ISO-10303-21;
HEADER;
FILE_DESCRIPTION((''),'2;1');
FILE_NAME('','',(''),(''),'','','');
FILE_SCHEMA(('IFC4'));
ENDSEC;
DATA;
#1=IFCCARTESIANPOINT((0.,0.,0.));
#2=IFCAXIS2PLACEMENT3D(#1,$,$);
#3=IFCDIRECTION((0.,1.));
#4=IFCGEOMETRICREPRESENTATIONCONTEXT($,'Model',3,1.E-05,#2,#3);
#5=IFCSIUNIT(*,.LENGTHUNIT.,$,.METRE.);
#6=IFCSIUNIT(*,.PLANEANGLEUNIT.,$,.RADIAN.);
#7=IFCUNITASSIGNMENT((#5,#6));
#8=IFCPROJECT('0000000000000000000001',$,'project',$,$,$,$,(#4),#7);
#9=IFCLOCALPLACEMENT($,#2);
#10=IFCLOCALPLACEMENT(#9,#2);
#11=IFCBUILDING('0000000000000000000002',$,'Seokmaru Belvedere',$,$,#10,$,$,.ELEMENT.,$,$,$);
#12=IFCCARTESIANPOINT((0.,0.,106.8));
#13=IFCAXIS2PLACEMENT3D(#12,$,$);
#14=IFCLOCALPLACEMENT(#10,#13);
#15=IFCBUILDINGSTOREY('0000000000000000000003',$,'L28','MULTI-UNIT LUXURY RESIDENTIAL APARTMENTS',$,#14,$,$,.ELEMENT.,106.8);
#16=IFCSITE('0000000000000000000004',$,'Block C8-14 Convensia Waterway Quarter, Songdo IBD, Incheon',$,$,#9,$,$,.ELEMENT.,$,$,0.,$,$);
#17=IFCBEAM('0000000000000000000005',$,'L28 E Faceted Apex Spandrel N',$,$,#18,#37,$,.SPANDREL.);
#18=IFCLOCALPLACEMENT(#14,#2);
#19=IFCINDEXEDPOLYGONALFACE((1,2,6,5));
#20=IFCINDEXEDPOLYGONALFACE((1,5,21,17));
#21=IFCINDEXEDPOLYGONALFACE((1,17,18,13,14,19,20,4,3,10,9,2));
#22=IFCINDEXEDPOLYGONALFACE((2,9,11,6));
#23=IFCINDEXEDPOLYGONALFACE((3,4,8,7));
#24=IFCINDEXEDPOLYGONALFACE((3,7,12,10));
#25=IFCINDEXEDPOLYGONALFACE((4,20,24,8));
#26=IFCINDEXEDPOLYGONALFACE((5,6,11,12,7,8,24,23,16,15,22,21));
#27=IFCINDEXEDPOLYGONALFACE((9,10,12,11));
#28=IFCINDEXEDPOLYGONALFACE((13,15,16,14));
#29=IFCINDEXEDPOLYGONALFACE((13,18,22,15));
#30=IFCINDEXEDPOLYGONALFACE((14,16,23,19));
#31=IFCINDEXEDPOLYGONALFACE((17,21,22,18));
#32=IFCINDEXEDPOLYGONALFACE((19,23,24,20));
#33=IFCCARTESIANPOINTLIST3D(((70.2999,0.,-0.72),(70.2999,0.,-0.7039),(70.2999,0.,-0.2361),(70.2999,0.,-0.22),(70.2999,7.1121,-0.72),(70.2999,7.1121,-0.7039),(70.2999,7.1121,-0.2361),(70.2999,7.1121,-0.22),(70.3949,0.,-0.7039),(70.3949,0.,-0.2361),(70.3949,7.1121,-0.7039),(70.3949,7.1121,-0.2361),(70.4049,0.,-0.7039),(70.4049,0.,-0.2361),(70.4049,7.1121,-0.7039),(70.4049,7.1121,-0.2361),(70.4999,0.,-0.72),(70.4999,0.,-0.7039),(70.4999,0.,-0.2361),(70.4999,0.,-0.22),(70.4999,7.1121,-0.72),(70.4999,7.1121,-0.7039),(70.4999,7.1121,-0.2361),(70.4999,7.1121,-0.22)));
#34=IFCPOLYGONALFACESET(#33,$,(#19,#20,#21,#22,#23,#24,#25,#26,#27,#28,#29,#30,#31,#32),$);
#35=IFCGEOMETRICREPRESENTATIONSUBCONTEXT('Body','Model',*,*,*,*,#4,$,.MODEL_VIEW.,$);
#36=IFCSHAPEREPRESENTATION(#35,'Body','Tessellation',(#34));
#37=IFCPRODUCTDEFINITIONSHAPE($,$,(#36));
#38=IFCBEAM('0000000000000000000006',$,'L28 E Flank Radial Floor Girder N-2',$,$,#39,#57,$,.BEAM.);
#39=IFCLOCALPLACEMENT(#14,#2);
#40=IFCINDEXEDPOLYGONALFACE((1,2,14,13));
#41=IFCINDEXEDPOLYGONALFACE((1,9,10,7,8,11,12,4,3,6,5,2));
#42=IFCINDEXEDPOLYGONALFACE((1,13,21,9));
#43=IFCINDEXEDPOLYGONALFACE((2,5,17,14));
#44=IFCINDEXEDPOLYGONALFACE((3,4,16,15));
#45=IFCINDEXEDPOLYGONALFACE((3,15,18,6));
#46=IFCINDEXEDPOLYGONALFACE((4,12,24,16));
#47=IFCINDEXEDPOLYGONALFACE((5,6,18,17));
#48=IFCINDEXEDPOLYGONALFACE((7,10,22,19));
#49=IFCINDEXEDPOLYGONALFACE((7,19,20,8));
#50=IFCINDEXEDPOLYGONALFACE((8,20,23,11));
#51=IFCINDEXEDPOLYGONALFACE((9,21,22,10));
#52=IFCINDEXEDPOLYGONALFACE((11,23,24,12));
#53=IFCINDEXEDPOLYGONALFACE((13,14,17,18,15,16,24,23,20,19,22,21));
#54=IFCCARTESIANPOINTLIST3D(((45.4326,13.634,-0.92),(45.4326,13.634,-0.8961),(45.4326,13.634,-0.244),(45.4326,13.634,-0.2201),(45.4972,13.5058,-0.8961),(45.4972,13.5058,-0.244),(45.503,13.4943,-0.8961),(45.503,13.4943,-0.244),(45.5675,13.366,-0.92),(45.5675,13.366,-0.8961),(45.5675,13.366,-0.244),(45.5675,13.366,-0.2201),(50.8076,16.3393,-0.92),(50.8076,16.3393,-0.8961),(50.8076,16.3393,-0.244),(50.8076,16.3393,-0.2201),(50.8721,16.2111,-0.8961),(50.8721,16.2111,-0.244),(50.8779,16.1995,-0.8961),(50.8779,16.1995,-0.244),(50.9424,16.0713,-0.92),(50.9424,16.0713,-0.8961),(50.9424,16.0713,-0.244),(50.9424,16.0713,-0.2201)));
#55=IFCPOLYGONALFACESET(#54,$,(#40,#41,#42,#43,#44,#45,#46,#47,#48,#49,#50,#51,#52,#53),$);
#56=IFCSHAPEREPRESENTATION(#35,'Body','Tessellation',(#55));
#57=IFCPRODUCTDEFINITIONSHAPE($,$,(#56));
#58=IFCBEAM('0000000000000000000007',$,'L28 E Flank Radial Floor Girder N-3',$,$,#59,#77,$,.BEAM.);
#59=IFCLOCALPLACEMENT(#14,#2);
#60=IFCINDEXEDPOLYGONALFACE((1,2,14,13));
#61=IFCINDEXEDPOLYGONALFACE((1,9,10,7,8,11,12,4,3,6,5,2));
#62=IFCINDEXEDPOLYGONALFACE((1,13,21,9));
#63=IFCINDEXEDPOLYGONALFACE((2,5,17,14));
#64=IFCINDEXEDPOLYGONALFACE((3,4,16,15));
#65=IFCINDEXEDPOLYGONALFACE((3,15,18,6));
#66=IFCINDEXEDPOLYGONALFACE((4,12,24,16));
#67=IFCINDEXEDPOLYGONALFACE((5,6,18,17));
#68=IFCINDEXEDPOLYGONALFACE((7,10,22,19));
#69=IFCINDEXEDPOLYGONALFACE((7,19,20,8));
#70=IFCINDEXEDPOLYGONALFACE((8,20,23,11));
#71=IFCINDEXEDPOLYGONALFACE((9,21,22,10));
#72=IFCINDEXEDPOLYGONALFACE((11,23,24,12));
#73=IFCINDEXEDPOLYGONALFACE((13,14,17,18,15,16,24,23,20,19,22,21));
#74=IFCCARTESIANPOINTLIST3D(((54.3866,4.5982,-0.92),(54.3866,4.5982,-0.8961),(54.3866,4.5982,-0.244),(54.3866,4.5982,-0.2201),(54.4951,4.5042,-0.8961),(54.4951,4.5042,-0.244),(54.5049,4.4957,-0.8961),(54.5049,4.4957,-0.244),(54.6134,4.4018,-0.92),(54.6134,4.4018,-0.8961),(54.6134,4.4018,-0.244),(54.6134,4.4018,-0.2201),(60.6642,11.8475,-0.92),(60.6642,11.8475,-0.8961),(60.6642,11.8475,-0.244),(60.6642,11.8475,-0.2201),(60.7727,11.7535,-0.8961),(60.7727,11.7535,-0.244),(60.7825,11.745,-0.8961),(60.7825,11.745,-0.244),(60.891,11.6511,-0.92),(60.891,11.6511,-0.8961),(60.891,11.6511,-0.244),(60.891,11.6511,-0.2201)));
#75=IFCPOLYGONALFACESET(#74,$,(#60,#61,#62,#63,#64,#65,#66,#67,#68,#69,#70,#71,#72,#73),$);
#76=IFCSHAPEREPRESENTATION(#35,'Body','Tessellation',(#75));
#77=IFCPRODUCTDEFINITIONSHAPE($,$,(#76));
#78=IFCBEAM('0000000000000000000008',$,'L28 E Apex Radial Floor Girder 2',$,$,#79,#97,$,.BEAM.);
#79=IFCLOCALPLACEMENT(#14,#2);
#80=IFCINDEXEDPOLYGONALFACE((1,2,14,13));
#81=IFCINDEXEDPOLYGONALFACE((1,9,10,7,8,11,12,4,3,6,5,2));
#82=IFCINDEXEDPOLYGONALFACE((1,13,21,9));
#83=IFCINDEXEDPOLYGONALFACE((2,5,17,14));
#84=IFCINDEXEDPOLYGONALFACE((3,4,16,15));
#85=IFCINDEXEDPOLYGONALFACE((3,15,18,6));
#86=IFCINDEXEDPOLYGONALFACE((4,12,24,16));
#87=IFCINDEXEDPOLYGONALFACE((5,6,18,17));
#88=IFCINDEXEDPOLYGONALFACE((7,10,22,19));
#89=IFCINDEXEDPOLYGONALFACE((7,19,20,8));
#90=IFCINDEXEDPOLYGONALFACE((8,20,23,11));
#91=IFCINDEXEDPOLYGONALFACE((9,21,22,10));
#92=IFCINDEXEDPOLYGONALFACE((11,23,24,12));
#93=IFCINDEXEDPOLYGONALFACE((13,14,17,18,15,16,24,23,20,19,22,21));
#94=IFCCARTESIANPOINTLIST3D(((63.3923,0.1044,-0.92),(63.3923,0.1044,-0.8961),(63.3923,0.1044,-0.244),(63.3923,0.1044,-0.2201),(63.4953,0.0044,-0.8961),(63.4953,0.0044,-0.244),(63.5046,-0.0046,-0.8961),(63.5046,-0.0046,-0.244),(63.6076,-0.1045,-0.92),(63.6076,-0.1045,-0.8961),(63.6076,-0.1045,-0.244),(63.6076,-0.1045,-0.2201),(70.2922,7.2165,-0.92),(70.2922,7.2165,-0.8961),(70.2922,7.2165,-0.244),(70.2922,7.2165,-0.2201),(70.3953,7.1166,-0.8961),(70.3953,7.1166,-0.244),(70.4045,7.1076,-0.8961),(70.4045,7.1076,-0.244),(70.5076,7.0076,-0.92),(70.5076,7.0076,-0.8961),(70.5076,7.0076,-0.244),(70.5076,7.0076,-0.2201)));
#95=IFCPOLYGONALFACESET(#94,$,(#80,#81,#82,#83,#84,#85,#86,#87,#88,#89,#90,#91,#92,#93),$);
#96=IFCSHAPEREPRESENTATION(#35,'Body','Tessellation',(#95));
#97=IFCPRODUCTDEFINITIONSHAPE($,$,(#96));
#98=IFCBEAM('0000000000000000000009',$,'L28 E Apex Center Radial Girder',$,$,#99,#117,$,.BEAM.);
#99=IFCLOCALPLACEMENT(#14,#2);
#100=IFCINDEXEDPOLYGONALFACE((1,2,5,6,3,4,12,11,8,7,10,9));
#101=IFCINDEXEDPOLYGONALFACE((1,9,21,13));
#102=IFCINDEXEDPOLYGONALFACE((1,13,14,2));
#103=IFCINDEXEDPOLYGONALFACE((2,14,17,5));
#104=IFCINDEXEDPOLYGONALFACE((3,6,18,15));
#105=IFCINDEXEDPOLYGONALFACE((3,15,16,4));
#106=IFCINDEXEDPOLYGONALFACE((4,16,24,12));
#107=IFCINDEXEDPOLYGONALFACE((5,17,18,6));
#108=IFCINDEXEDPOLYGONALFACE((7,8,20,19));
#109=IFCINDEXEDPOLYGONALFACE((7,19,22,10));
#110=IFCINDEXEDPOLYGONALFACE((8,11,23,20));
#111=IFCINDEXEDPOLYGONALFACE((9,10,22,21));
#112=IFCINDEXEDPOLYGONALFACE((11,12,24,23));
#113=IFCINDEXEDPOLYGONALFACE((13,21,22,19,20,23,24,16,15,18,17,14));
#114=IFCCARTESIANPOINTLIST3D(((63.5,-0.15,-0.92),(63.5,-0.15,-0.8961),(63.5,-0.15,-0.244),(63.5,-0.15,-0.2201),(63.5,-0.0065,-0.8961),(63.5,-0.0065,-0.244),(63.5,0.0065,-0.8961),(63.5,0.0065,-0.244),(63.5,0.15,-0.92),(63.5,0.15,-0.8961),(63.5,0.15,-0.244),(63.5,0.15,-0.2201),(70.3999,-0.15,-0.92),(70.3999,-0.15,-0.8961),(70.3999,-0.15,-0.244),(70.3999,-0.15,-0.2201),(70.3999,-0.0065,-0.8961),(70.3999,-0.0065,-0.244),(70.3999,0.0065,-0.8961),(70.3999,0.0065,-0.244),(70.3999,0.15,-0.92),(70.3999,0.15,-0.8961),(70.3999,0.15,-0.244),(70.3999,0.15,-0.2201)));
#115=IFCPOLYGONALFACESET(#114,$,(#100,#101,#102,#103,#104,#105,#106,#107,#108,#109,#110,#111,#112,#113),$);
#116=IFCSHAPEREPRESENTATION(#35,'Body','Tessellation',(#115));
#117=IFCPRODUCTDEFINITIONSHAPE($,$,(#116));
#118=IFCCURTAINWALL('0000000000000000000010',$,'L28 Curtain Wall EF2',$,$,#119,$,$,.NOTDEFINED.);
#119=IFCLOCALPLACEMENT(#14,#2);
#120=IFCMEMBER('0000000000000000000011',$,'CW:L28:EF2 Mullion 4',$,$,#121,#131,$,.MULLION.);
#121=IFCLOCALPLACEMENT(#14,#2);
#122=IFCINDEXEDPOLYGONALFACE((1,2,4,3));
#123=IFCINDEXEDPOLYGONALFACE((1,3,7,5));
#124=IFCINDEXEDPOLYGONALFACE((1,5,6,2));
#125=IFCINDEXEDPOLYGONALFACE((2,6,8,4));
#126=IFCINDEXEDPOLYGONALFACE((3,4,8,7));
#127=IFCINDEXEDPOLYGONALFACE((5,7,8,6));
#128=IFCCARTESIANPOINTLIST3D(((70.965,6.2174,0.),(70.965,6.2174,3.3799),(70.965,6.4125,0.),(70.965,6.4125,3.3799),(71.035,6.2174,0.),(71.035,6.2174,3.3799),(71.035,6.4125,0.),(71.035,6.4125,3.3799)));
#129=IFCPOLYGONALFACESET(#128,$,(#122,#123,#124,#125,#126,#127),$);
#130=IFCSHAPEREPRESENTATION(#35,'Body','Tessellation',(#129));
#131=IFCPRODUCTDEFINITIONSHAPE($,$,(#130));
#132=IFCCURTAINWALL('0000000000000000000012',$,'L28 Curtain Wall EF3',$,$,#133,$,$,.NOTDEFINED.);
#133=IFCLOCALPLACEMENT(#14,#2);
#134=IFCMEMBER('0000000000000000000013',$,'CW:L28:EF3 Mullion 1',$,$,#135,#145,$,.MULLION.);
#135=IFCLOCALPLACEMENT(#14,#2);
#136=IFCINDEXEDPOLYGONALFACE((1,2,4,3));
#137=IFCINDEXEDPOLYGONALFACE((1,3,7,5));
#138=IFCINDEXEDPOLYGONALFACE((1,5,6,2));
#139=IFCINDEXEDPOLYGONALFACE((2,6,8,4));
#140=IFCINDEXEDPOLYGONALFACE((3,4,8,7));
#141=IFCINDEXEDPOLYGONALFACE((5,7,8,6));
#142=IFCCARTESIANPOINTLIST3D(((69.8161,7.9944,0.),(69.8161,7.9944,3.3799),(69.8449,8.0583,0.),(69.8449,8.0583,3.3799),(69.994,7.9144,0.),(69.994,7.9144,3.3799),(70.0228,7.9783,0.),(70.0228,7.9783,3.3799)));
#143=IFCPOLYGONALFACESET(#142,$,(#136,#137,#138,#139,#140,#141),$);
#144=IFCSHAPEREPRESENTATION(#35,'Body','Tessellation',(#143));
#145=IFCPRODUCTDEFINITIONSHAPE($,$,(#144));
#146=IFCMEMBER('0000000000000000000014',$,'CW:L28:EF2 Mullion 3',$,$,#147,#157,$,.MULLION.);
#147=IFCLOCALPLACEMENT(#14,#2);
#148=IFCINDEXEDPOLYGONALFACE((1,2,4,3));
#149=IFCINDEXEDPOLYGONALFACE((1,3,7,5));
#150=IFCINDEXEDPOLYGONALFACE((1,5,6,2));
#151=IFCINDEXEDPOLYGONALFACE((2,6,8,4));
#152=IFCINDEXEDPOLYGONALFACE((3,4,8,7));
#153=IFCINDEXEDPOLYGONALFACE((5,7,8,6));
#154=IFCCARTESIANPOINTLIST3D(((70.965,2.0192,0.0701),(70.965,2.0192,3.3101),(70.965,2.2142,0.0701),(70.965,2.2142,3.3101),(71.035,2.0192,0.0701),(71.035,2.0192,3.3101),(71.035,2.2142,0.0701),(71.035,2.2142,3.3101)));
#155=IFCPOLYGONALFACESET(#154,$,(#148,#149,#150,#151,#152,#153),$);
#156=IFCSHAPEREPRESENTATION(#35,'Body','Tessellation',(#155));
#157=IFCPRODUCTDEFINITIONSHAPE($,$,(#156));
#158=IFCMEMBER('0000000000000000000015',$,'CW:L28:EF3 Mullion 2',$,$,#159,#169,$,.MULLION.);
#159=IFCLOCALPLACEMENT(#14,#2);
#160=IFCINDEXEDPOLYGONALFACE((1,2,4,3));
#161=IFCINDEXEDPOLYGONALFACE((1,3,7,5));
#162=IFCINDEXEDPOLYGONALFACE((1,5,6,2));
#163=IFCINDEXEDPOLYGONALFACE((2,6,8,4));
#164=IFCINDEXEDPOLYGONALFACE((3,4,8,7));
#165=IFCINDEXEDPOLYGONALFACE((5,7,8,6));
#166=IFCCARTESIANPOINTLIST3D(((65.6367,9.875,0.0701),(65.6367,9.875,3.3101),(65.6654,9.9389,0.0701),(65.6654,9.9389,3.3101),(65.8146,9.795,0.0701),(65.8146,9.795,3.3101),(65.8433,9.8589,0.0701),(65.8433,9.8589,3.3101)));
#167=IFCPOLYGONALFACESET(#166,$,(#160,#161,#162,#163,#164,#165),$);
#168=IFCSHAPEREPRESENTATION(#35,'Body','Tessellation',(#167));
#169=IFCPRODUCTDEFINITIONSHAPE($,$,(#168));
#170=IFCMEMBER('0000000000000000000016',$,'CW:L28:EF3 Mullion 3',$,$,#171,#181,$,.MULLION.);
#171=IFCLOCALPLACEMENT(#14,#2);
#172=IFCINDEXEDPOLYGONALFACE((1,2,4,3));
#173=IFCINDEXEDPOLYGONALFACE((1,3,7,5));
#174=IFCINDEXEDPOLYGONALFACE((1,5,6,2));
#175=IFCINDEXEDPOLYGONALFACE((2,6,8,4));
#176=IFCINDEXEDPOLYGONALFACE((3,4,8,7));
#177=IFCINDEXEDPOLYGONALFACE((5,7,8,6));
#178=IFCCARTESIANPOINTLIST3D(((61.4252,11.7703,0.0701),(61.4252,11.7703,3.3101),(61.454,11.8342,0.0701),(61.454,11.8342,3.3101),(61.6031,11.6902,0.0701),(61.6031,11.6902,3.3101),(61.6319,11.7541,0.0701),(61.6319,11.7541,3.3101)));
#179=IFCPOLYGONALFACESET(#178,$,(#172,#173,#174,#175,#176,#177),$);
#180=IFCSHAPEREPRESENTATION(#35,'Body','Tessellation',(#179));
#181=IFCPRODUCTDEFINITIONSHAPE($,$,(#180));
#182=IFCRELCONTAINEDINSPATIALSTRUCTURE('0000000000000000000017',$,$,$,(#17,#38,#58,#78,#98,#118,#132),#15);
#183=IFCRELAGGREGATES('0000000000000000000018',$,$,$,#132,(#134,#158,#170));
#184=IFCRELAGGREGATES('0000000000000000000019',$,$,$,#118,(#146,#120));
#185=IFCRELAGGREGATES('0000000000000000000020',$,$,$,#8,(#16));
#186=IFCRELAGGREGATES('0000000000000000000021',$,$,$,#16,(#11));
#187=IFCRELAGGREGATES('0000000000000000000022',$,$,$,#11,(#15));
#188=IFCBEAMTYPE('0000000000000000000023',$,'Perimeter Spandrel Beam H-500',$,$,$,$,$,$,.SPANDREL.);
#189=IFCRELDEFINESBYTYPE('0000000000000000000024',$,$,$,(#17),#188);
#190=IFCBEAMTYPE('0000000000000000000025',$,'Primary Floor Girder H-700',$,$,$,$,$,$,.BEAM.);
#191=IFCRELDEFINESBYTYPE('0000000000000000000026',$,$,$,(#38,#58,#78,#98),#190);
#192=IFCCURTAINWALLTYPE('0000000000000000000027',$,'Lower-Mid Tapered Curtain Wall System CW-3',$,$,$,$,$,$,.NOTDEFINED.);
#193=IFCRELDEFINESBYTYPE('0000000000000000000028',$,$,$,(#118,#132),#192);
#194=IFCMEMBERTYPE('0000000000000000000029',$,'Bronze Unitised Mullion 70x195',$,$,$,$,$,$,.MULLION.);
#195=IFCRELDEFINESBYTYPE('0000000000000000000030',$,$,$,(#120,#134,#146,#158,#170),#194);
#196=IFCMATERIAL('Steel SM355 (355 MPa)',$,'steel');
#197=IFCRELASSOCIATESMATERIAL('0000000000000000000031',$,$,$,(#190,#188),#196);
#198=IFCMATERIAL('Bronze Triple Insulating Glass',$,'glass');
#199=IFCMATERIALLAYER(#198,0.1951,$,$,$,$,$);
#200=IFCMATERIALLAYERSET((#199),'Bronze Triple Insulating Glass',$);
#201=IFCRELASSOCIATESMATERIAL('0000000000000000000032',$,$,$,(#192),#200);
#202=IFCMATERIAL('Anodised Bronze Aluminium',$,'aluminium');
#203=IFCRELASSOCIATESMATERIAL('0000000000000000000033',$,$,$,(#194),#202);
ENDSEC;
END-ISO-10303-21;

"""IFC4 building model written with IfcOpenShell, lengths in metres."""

from ifc_helpers import new_model, si_unit, direction, frame, origin, origin_2d, place, context, subcontext, project, spatial, rectangle, i_section, extrude, source, transform, mapped, material, layer, layer_set, material_profile, profile_set, type_object, type_shapes, element, aggregate, save


model = new_model("IFC4")

# Units and contexts
model_context = context("Model", 3, precision=1e-05, world=origin(), true_north=direction((0.0, 1.0)))
body_context = subcontext(model_context, "Body", "Model", "MODEL_VIEW")
ifc_project = project(units=[si_unit("LENGTHUNIT", "METRE"), si_unit("PLANEANGLEUNIT", "RADIAN")], contexts=[model_context])

# Site, building, storey
site_placement = place(None, origin())
site = spatial("IfcSite", under=ifc_project, at=site_placement, Name="Block C8-14 Convensia Waterway Quarter, Songdo IBD, Incheon", CompositionType="ELEMENT", RefElevation=0.0)
building_placement = place(site_placement, origin())
building = spatial("IfcBuilding", under=site, at=building_placement, Name="Seokmaru Belvedere", CompositionType="ELEMENT")
storey_placement = place(building_placement, frame((0.0, 0.0, 106.8)))
storey = spatial("IfcBuildingStorey", under=building, at=storey_placement, Name="L28", Description="MULTI-UNIT LUXURY RESIDENTIAL APARTMENTS", CompositionType="ELEMENT", Elevation=106.8)

# Shared definitions
ifc_material_1 = material(Name="Steel SM355 (355 MPa)", Category="steel")

# Beams
ifc_material_profile_1 = material_profile(ifc_material_1, i_section(OverallWidth=0.3, OverallDepth=0.7, WebThickness=0.0129, FlangeThickness=0.0239, at=origin_2d()), Name="H-700x300x13x24")
ifc_profile_set_1 = profile_set([ifc_material_profile_1], Name="Steel SM355 (355 MPa)")
beam_type_1 = type_object("IfcBeamType", Name="Primary Floor Girder H-700", PredefinedType="BEAM", material=ifc_profile_set_1)
ifc_material_profile_2 = material_profile(ifc_material_1, i_section(OverallWidth=0.2, OverallDepth=0.5, WebThickness=0.01, FlangeThickness=0.0161, at=origin_2d()), Name="H-500x200x10x16")
ifc_profile_set_2 = profile_set([ifc_material_profile_2], Name="Steel SM355 (355 MPa)")
beam_type_2 = type_object("IfcBeamType", Name="Perimeter Spandrel Beam H-500", PredefinedType="SPANDREL", material=ifc_profile_set_2)
shared_shape_1 = source(origin(), body_context, "Body", "SweptSolid", [
    extrude(i_section(OverallWidth=0.2, OverallDepth=0.5, WebThickness=0.01, FlangeThickness=0.0161, at=origin_2d()), origin(), (0.0, 0.0, 1.0), 7.1121),
])
beam_1_placement = place(storey_placement, frame((70.3999, 0.0, -0.47), z_axis=(0.0, 1.0, 0.0), x_axis=(-1.0, 0.0, 0.0)))
element("IfcBeam", 1, at=beam_1_placement, inside=storey, type_object=beam_type_2, Name="L28 E Faceted Apex Spandrel N", PredefinedType="SPANDREL", context=body_context, shape_type="MappedRepresentation", body=[
    mapped(shared_shape_1, transform((0.0, 0.0, 0.0), scale=1.0)),
])
shared_shape_2 = source(origin(), body_context, "Body", "SweptSolid", [
    extrude(i_section(OverallWidth=0.3, OverallDepth=0.7, WebThickness=0.0129, FlangeThickness=0.0239, at=origin_2d()), origin(), (0.0, 0.0, 1.0), 6.0173),
])
beam_2_placement = place(storey_placement, frame((50.875, 16.2053, -0.5701), z_axis=(-0.893239, -0.449581, 0.0), x_axis=(0.449581, -0.893239, 0.0)))
element("IfcBeam", 2, at=beam_2_placement, inside=storey, type_object=beam_type_1, Name="L28 E Flank Radial Floor Girder N-2", PredefinedType="BEAM", context=body_context, shape_type="MappedRepresentation", body=[
    mapped(shared_shape_2, transform((0.0, 0.0, 0.0), scale=1.0)),
])
shared_shape_3 = source(origin(), body_context, "Body", "SweptSolid", [
    extrude(i_section(OverallWidth=0.3, OverallDepth=0.7, WebThickness=0.0129, FlangeThickness=0.0239, at=origin_2d()), origin(), (0.0, 0.0, 1.0), 9.5896),
])
beam_3_placement = place(storey_placement, frame((60.7776, 11.7493, -0.5701), z_axis=(-0.654626, -0.755953, 0.0), x_axis=(0.755953, -0.654626, 0.0)))
element("IfcBeam", 3, at=beam_3_placement, inside=storey, type_object=beam_type_1, Name="L28 E Flank Radial Floor Girder N-3", PredefinedType="BEAM", context=body_context, shape_type="MappedRepresentation", body=[
    mapped(shared_shape_3, transform((0.0, 0.0, 0.0), scale=1.0)),
])
shared_shape_4 = source(origin(), body_context, "Body", "SweptSolid", [
    extrude(i_section(OverallWidth=0.3, OverallDepth=0.7, WebThickness=0.0129, FlangeThickness=0.0239, at=origin_2d()), origin(), (0.0, 0.0, 1.0), 9.9092),
])
beam_4_placement = place(storey_placement, frame((70.3999, 7.1121, -0.5701), z_axis=(-0.696321, -0.717731, 0.0), x_axis=(0.717731, -0.696321, 0.0)))
element("IfcBeam", 4, at=beam_4_placement, inside=storey, type_object=beam_type_1, Name="L28 E Apex Radial Floor Girder 2", PredefinedType="BEAM", context=body_context, shape_type="MappedRepresentation", body=[
    mapped(shared_shape_4, transform((0.0, 0.0, 0.0), scale=1.0)),
])
shared_shape_5 = source(origin(), body_context, "Body", "SweptSolid", [
    extrude(i_section(OverallWidth=0.3, OverallDepth=0.7, WebThickness=0.0129, FlangeThickness=0.0239, at=origin_2d()), origin(), (0.0, 0.0, 1.0), 6.8999),
])
beam_5_placement = place(storey_placement, frame((70.3999, 0.0, -0.5701), z_axis=(-1.0, 0.0, 0.0), x_axis=(0.0, -1.0, 0.0)))
element("IfcBeam", 5, at=beam_5_placement, inside=storey, type_object=beam_type_1, Name="L28 E Apex Center Radial Girder", PredefinedType="BEAM", context=body_context, shape_type="MappedRepresentation", body=[
    mapped(shared_shape_5, transform((0.0, 0.0, 0.0), scale=1.0)),
])

# Curtain walls, members
ifc_material_2 = material(Name="Bronze Triple Insulating Glass", Category="glass")
ifc_layer_1 = layer(ifc_material_2, 0.1951)
ifc_layer_set_1 = layer_set([ifc_layer_1], Name="Bronze Triple Insulating Glass")
curtain_wall_type = type_object("IfcCurtainWallType", Name="Lower-Mid Tapered Curtain Wall System CW-3", PredefinedType="NOTDEFINED", material=ifc_layer_set_1)
curtain_wall_1_placement = place(storey_placement, origin())
curtain_wall_1 = element("IfcCurtainWall", 6, at=curtain_wall_1_placement, inside=storey, type_object=curtain_wall_type, Name="L28 Curtain Wall EF2", PredefinedType="NOTDEFINED")
ifc_material_3 = material(Name="Anodised Bronze Aluminium", Category="aluminium")
ifc_material_profile_3 = material_profile(ifc_material_3, rectangle(XDim=0.0701, YDim=0.1951, at=origin_2d()), Name="CW-M-70x195")
ifc_profile_set_3 = profile_set([ifc_material_profile_3], Name="Anodised Bronze Aluminium")
member_type_1 = type_object("IfcMemberType", Name="Bronze Unitised Mullion 70x195", PredefinedType="MULLION", material=ifc_profile_set_3)
shared_shape_6 = source(origin(), body_context, "Body", "SweptSolid", [
    extrude(rectangle(XDim=0.0701, YDim=0.1951, at=origin_2d()), origin(), (0.0, 0.0, 1.0), 3.3799),
])
member_1_placement = place(storey_placement, frame((71.0, 6.3149, 0.0), z_axis=(0.0, 0.0, 1.0), x_axis=(-1.0, 0.0, 0.0)))
member_1 = element("IfcMember", 7, at=member_1_placement, type_object=member_type_1, Name="CW:L28:EF2 Mullion 4", PredefinedType="MULLION", context=body_context, shape_type="MappedRepresentation", body=[
    mapped(shared_shape_6, transform((0.0, 0.0, 0.0), scale=1.0)),
])
curtain_wall_2_placement = place(storey_placement, origin())
curtain_wall_2 = element("IfcCurtainWall", 8, at=curtain_wall_2_placement, inside=storey, type_object=curtain_wall_type, Name="L28 Curtain Wall EF3", PredefinedType="NOTDEFINED")
member_2_placement = place(storey_placement, frame((69.9194, 7.9863, 0.0), z_axis=(0.0, 0.0, 1.0), x_axis=(-0.410366, -0.911921, 0.0)))
member_2 = element("IfcMember", 9, at=member_2_placement, type_object=member_type_1, Name="CW:L28:EF3 Mullion 1", PredefinedType="MULLION", context=body_context, shape_type="MappedRepresentation", body=[
    mapped(shared_shape_6, transform((0.0, 0.0, 0.0), scale=1.0)),
])

# Members
shared_shape_7 = source(origin(), body_context, "Body", "SweptSolid", [
    extrude(rectangle(XDim=0.0701, YDim=0.1951, at=origin_2d()), origin(), (0.0, 0.0, 1.0), 3.24),
])
type_shapes(member_type_1, [shared_shape_6, shared_shape_7])
member_3_placement = place(storey_placement, frame((71.0, 2.1167, 0.0701), z_axis=(0.0, 0.0, 1.0), x_axis=(-1.0, 0.0, 0.0)))
member_3 = element("IfcMember", 10, at=member_3_placement, type_object=member_type_1, Name="CW:L28:EF2 Mullion 3", PredefinedType="MULLION", context=body_context, shape_type="MappedRepresentation", body=[
    mapped(shared_shape_7, transform((0.0, 0.0, 0.0), scale=1.0)),
])
member_4_placement = place(storey_placement, frame((65.74, 9.8669, 0.0701), z_axis=(0.0, 0.0, 1.0), x_axis=(-0.410366, -0.911921, 0.0)))
member_4 = element("IfcMember", 11, at=member_4_placement, type_object=member_type_1, Name="CW:L28:EF3 Mullion 2", PredefinedType="MULLION", context=body_context, shape_type="MappedRepresentation", body=[
    mapped(shared_shape_7, transform((0.0, 0.0, 0.0), scale=1.0)),
])
member_5_placement = place(storey_placement, frame((61.5286, 11.7622, 0.0701), z_axis=(0.0, 0.0, 1.0), x_axis=(-0.410366, -0.911921, 0.0)))
member_5 = element("IfcMember", 12, at=member_5_placement, type_object=member_type_1, Name="CW:L28:EF3 Mullion 3", PredefinedType="MULLION", context=body_context, shape_type="MappedRepresentation", body=[
    mapped(shared_shape_7, transform((0.0, 0.0, 0.0), scale=1.0)),
])

aggregate(curtain_wall_2, [member_2, member_4, member_5])
aggregate(curtain_wall_1, [member_3, member_1])

save(model, "model.ifc")
